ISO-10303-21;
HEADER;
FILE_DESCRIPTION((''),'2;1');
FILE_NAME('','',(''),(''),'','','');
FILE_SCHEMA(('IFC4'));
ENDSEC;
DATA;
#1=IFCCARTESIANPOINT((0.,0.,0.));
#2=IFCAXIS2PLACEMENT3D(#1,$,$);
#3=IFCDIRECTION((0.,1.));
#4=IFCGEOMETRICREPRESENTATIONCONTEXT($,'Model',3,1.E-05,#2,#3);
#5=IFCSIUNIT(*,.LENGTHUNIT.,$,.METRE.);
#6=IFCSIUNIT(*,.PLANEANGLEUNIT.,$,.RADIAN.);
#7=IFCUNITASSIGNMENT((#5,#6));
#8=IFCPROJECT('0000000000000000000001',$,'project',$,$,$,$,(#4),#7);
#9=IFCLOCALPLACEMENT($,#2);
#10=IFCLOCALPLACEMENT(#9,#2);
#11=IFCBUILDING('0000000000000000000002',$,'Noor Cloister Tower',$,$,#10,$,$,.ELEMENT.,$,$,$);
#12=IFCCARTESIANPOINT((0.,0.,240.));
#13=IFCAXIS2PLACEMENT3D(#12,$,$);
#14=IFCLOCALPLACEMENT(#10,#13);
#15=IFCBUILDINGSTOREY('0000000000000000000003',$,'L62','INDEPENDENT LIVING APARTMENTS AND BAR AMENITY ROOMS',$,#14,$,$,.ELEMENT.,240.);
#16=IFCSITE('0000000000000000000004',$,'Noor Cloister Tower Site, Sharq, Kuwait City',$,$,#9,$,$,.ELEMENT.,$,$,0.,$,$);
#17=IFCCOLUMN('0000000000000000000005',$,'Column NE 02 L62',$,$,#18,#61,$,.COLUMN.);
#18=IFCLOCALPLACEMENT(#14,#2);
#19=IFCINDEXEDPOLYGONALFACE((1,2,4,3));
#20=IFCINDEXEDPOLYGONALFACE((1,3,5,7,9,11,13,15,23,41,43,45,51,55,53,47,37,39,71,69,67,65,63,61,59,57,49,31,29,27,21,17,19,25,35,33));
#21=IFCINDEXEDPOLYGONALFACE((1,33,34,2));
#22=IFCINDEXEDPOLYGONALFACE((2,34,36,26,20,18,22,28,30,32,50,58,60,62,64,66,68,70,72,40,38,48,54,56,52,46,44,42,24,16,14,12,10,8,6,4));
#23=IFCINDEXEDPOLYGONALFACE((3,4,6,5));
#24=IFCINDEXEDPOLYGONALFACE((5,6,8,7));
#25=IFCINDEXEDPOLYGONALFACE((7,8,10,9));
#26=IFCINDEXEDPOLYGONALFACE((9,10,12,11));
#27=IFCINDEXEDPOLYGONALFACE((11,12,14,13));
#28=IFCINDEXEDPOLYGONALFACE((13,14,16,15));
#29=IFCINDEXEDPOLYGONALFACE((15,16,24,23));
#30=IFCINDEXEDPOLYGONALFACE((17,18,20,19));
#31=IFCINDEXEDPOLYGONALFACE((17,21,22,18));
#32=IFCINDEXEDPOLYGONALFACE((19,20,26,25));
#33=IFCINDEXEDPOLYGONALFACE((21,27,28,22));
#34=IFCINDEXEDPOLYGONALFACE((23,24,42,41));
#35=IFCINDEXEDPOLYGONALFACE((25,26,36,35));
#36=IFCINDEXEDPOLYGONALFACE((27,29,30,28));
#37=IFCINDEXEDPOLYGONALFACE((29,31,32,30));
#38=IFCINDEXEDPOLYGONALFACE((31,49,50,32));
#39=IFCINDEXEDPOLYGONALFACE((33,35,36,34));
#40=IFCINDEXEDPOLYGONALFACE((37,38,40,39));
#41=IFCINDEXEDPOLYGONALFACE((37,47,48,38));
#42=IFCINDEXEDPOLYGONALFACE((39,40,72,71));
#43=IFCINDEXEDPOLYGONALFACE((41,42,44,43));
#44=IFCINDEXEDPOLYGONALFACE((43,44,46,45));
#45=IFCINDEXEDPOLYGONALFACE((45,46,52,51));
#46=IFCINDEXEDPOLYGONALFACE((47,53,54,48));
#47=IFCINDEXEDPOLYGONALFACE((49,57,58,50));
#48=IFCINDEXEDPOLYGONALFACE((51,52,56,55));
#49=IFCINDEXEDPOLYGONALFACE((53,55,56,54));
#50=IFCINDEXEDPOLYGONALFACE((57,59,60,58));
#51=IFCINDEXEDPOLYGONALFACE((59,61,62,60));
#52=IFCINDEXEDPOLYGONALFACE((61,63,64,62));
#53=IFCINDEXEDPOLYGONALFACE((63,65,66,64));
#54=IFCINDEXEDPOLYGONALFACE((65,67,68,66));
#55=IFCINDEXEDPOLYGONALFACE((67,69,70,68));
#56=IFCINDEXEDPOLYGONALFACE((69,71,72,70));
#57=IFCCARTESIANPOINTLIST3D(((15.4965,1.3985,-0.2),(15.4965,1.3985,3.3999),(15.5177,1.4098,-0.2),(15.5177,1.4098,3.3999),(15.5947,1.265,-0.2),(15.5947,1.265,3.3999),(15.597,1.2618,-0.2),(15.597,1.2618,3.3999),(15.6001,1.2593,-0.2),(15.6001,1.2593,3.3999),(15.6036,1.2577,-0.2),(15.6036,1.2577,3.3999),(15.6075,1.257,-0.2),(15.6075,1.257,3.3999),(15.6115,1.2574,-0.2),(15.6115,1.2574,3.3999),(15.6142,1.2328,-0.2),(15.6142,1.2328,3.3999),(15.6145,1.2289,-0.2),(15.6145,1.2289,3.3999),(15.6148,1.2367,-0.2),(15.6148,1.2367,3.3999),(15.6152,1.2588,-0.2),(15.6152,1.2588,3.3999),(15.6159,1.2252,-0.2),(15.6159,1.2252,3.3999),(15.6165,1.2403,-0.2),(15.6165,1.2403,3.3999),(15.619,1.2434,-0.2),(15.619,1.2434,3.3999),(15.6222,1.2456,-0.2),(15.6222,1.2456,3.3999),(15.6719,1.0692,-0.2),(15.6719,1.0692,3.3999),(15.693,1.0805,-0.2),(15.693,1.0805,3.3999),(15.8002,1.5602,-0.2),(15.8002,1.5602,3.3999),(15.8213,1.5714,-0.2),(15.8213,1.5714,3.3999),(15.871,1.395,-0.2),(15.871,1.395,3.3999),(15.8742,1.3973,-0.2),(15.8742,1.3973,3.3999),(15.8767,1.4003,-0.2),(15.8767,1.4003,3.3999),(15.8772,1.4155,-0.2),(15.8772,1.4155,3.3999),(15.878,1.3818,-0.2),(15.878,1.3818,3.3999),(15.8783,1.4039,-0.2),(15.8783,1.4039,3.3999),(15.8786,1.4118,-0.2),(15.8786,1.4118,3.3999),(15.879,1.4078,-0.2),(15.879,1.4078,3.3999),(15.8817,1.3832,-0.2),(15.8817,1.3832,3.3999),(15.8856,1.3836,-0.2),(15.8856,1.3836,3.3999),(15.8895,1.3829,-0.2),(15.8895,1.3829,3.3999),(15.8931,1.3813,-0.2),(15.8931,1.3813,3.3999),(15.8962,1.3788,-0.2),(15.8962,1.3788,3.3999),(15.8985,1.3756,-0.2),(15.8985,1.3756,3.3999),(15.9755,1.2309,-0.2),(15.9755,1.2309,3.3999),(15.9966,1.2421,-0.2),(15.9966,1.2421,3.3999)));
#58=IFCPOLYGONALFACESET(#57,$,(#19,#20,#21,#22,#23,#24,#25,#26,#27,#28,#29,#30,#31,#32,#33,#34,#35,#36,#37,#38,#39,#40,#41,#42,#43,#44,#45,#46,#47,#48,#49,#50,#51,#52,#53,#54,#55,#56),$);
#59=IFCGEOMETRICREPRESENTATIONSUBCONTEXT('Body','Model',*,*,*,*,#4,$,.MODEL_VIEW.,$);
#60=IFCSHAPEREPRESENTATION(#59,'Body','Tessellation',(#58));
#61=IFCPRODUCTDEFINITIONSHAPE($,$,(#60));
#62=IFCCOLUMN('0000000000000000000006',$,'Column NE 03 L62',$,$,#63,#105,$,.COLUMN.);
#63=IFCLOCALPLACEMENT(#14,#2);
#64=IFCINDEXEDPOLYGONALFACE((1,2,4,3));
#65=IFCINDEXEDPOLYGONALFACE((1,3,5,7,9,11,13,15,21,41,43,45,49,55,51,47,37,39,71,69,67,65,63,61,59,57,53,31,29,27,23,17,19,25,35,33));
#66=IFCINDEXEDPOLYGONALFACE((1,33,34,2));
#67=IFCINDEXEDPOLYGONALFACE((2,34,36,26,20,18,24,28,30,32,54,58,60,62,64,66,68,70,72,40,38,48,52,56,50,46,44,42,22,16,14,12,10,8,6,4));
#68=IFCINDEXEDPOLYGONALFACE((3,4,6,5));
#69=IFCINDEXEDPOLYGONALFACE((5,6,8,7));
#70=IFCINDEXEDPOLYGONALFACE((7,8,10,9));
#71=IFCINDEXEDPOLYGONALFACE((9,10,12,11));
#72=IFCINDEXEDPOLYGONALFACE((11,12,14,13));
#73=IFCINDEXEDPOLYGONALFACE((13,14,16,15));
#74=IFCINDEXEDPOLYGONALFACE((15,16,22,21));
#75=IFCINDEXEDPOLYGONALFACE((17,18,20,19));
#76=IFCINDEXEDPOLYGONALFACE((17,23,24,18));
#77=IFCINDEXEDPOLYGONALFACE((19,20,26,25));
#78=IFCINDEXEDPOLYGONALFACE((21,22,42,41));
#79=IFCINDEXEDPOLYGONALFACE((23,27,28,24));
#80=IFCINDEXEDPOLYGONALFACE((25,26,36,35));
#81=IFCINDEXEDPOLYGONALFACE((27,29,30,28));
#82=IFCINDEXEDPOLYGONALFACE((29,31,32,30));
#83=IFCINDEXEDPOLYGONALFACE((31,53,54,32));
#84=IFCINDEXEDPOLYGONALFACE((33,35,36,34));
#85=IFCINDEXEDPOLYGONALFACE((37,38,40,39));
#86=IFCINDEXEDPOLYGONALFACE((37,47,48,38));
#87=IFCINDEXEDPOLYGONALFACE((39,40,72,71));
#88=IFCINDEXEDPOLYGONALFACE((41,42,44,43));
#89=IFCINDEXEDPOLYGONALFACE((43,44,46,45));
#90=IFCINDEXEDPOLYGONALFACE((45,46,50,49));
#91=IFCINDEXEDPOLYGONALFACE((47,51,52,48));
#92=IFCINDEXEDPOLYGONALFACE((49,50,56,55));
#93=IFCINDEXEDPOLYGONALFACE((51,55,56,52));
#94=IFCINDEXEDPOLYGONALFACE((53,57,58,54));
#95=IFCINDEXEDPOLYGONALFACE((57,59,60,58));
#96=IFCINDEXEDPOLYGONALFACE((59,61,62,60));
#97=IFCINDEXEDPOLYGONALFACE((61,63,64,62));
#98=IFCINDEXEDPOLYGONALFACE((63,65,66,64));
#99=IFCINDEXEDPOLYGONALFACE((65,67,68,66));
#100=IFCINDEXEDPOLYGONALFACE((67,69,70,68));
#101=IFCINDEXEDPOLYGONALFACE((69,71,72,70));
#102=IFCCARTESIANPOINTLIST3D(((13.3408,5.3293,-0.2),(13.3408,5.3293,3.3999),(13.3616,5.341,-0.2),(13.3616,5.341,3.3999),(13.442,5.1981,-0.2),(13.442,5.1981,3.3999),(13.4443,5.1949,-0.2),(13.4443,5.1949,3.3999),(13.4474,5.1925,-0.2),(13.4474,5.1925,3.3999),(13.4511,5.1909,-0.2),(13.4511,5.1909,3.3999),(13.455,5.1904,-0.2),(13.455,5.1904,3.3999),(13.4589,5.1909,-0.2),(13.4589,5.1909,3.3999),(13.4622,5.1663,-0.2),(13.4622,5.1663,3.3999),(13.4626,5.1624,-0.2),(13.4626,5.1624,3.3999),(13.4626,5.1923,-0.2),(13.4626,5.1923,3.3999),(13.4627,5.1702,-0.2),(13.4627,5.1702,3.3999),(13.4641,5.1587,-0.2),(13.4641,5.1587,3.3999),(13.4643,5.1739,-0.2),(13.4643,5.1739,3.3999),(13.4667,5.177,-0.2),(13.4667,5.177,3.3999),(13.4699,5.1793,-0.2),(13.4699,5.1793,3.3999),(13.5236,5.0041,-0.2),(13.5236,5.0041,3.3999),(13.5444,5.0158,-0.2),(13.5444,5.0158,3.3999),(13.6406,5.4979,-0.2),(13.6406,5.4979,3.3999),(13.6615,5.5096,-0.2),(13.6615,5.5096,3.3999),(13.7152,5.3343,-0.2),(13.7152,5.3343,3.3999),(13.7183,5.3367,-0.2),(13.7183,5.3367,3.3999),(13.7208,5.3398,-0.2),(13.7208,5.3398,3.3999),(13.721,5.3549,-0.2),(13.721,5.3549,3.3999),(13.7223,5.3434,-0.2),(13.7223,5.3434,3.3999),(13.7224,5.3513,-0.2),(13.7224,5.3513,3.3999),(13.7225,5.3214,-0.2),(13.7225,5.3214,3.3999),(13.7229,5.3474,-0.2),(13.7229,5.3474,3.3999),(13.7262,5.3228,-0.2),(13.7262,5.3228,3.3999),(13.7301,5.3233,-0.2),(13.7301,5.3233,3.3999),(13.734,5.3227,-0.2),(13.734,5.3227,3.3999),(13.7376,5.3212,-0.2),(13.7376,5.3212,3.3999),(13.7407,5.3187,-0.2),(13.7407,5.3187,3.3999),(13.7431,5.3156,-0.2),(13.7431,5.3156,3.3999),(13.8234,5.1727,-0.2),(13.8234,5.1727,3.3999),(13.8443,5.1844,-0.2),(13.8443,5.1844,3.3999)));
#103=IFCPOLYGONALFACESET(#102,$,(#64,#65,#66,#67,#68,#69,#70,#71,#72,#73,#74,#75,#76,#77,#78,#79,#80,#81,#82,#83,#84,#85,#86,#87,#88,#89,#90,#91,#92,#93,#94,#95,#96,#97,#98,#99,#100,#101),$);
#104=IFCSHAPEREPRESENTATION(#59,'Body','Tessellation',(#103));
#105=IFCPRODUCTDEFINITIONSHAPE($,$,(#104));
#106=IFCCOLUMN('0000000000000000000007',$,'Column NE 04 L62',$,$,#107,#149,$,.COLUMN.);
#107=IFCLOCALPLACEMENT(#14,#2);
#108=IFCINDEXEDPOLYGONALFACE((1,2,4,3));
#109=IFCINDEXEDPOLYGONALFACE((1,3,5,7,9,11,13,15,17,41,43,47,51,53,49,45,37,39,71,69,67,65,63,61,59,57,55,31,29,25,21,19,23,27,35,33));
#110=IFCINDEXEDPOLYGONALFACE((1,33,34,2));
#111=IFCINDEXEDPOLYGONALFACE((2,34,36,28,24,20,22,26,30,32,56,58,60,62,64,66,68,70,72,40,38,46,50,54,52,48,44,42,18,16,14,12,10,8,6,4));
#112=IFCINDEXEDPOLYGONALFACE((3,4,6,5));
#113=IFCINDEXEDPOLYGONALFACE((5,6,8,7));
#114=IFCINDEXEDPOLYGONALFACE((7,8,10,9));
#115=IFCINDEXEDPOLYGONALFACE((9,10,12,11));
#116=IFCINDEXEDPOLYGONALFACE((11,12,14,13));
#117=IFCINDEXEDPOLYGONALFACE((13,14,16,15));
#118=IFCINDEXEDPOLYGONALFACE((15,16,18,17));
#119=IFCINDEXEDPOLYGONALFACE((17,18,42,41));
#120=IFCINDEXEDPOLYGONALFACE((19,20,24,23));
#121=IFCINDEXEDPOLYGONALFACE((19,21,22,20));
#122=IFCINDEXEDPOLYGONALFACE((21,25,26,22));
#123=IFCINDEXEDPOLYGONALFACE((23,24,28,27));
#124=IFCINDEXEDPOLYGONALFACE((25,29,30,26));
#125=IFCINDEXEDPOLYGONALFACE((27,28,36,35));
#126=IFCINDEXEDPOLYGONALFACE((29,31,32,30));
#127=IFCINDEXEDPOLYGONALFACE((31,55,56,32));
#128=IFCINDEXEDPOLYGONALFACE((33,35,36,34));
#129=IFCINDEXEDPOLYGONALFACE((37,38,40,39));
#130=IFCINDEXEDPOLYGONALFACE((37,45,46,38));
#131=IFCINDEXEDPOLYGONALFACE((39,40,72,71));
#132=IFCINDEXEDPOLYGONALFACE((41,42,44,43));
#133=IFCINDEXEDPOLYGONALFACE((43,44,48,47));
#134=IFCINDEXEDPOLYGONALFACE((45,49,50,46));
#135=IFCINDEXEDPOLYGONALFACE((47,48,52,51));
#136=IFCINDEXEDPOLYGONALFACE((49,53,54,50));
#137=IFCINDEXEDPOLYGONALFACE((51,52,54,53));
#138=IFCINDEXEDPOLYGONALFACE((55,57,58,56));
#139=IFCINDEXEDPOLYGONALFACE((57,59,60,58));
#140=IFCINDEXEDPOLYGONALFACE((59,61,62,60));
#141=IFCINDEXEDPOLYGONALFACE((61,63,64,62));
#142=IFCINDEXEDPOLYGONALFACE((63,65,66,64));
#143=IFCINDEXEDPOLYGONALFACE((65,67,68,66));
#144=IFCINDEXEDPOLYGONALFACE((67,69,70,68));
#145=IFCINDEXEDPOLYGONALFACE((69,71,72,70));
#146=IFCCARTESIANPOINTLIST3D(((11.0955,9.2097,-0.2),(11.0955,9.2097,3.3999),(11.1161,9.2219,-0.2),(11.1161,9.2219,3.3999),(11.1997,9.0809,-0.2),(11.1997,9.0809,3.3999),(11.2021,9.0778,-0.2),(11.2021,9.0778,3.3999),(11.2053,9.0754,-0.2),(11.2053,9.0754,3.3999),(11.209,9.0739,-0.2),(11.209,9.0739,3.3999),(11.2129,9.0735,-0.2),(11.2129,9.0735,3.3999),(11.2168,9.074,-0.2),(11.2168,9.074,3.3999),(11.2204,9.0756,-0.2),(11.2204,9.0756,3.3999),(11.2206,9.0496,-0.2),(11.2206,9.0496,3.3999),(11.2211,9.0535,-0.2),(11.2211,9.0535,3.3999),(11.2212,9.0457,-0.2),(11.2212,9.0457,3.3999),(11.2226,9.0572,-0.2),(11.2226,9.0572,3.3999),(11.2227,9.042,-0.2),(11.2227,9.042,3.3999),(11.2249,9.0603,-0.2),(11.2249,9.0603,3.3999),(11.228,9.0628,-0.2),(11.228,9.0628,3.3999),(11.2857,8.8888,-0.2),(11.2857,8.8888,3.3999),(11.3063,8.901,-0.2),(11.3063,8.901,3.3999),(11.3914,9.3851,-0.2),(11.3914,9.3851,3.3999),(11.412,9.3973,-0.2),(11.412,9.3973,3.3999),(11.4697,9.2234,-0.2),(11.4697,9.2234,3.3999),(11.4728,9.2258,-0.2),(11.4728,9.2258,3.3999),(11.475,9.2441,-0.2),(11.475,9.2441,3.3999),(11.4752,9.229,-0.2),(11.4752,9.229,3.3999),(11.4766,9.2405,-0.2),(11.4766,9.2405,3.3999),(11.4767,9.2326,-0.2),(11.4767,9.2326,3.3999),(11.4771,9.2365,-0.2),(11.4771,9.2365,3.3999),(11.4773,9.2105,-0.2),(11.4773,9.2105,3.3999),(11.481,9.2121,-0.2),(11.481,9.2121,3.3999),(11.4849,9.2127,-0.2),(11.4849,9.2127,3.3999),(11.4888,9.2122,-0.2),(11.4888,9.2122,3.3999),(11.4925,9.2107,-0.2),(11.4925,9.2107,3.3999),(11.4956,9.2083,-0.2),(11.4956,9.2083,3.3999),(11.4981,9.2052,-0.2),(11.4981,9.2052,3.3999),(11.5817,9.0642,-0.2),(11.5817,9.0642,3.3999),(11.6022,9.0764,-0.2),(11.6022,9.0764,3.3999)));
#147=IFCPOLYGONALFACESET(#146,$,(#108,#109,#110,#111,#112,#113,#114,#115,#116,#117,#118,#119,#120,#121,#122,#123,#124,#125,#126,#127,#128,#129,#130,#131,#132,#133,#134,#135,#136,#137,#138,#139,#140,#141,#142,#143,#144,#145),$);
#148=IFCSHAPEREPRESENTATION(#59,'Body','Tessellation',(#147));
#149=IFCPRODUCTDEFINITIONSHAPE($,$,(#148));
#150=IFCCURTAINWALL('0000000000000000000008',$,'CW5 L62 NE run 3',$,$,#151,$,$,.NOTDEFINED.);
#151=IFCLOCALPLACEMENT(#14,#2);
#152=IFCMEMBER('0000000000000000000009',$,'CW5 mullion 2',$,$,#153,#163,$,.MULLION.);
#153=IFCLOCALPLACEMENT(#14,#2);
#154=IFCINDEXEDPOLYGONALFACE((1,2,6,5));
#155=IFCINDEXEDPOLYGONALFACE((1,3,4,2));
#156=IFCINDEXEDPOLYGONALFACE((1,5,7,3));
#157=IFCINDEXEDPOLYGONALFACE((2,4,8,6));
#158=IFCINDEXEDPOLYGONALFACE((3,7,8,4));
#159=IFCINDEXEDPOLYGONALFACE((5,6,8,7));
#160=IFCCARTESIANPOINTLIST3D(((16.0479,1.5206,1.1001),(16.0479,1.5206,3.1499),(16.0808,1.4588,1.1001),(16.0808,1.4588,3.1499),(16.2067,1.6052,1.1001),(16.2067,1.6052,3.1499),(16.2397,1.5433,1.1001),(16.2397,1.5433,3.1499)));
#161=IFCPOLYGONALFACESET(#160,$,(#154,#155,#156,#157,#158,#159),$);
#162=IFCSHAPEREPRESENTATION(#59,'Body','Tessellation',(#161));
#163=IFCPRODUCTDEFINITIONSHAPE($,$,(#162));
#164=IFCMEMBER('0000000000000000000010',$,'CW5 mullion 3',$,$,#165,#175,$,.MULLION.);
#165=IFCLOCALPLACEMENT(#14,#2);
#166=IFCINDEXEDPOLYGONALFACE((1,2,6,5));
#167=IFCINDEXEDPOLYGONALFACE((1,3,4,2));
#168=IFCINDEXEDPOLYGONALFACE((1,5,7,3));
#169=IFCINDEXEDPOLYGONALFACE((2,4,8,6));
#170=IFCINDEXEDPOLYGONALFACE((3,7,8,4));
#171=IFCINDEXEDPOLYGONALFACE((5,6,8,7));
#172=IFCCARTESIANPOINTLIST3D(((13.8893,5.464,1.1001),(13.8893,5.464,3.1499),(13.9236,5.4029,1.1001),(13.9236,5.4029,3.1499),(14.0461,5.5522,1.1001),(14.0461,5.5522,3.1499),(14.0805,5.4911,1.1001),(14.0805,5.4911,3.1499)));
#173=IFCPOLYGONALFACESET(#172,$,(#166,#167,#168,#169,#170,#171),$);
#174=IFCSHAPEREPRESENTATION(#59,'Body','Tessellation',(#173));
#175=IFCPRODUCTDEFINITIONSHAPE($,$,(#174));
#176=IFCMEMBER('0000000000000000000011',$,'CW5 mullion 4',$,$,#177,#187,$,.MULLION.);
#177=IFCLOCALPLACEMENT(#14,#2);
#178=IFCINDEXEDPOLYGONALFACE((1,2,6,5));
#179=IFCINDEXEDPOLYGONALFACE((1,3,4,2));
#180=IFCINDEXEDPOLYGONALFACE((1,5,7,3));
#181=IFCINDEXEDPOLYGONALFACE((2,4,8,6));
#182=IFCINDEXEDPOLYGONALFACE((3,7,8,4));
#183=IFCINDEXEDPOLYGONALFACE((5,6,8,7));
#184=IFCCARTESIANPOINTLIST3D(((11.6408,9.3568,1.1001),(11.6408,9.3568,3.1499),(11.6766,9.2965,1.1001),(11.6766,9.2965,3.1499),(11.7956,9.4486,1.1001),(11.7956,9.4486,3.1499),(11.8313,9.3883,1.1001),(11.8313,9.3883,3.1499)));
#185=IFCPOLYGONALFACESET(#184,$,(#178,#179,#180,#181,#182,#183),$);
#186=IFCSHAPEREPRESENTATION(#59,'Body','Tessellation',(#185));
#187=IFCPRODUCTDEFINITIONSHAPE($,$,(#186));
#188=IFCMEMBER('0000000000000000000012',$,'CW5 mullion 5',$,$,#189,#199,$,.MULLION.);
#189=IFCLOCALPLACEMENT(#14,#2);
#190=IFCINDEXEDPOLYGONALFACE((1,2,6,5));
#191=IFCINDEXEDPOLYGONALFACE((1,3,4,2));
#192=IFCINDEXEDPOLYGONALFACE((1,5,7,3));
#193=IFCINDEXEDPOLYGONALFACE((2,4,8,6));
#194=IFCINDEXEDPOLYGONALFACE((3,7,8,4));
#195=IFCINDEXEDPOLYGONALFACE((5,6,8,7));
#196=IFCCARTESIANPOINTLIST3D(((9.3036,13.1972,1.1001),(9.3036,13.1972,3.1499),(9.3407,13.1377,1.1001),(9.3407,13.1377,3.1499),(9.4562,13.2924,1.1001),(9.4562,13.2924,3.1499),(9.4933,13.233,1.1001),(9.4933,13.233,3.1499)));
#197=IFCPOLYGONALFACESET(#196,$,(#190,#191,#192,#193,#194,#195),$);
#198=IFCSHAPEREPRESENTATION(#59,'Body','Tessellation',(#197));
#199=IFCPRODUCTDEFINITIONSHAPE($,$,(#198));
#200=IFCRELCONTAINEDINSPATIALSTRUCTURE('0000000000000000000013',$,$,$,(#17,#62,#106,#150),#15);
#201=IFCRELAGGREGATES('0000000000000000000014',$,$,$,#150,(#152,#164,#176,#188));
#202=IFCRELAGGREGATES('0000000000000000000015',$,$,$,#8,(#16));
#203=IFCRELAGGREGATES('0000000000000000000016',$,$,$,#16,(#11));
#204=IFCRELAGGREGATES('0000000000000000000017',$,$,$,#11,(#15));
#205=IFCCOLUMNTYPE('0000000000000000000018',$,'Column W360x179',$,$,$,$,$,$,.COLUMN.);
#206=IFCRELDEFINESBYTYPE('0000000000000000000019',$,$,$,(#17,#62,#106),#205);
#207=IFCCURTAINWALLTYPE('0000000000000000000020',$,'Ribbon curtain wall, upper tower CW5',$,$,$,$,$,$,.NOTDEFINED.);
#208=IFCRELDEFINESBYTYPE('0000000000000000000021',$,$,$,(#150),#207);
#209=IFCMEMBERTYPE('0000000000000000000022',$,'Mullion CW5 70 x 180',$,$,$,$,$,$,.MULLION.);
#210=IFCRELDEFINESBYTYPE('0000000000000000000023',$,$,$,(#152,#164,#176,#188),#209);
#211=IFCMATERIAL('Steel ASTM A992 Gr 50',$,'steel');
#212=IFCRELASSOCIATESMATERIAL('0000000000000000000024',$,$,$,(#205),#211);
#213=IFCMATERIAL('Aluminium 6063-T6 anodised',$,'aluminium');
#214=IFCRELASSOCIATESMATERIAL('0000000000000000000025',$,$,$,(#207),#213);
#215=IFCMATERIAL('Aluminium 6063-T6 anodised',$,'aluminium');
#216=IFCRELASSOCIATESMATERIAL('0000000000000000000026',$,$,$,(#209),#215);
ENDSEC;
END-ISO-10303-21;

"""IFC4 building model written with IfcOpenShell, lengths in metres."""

from ifc_helpers import new_model, si_unit, direction, frame, origin, origin_2d, place, context, subcontext, project, spatial, rectangle, i_section, extrude, material, material_profile, profile_set, type_object, element, aggregate, save


model = new_model("IFC4")

# Units and contexts
model_context = context("Model", 3, precision=1e-05, world=origin(), true_north=direction((0.0, 1.0)))
body_context = subcontext(model_context, "Body", "Model", "MODEL_VIEW")
ifc_project = project(units=[si_unit("LENGTHUNIT", "METRE"), si_unit("PLANEANGLEUNIT", "RADIAN")], contexts=[model_context])

# Site, building, storey
site_placement = place(None, origin())
site = spatial("IfcSite", under=ifc_project, at=site_placement, Name="Noor Cloister Tower Site, Sharq, Kuwait City", CompositionType="ELEMENT", RefElevation=0.0)
building_placement = place(site_placement, origin())
building = spatial("IfcBuilding", under=site, at=building_placement, Name="Noor Cloister Tower", CompositionType="ELEMENT")
storey_placement = place(building_placement, frame((0.0, 0.0, 240.0)))
storey = spatial("IfcBuildingStorey", under=building, at=storey_placement, Name="L62", Description="INDEPENDENT LIVING APARTMENTS AND BAR AMENITY ROOMS", CompositionType="ELEMENT", Elevation=240.0)

# Columns
ifc_material_1 = material(Name="Steel ASTM A992 Gr 50", Category="steel")
ifc_material_profile_1 = material_profile(ifc_material_1, i_section(OverallWidth=0.373, OverallDepth=0.3679, WebThickness=0.0149, FlangeThickness=0.0239, FilletRadius=0.0151, at=origin_2d()), Name="W360x179")
ifc_profile_set_1 = profile_set([ifc_material_profile_1], Name="Steel ASTM A992 Gr 50")
column_type = type_object("IfcColumnType", Name="Column W360x179", PredefinedType="COLUMN", material=ifc_profile_set_1)
for number, where, z_axis, x_axis, name in (
    (1, (15.7466, 1.3203, -0.2), (0.0, 0.0, 1.0), (-0.469927, 0.882705, 0.0), "Column NE 02 L62"),
    (2, (13.5925, 5.2568, -0.2), (0.0, 0.0, 1.0), (-0.49004, 0.8717, 0.0), "Column NE 03 L62"),
    (3, (11.3489, 9.1431, -0.2), (0.0, 0.0, 1.0), (-0.509895, 0.860237, 0.0), "Column NE 04 L62"),
):
    element("IfcColumn", number, at=place(storey_placement, frame(where, z_axis=z_axis, x_axis=x_axis)), inside=storey, type_object=column_type, Name=name, PredefinedType="COLUMN", context=body_context, shape_type="SweptSolid", body=[
        extrude(i_section(OverallWidth=0.373, OverallDepth=0.3679, WebThickness=0.0149, FlangeThickness=0.0239, FilletRadius=0.0151, at=origin_2d()), origin(), (0.0, 0.0, 1.0), 3.5999),
    ])

# Curtain wall, members
ifc_material_2 = material(Name="Aluminium 6063-T6 anodised", Category="aluminium")
curtain_wall_type = type_object("IfcCurtainWallType", Name="Ribbon curtain wall, upper tower CW5", PredefinedType="NOTDEFINED", material=ifc_material_2)
curtain_wall_placement = place(storey_placement, origin())
curtain_wall = element("IfcCurtainWall", 4, at=curtain_wall_placement, inside=storey, type_object=curtain_wall_type, Name="CW5 L62 NE run 3", PredefinedType="NOTDEFINED")
ifc_material_3 = material(Name="Aluminium 6063-T6 anodised", Category="aluminium")
ifc_material_profile_2 = material_profile(ifc_material_3, rectangle(XDim=0.1799, YDim=0.0701, at=origin_2d()), Name="180 x 70 mullion")
ifc_profile_set_2 = profile_set([ifc_material_profile_2], Name="Aluminium 6063-T6 anodised")
member_type = type_object("IfcMemberType", Name="Mullion CW5 70 x 180", PredefinedType="MULLION", material=ifc_profile_set_2)
member_1_placement = place(storey_placement, frame((16.1438, 1.532, 1.1001), z_axis=(0.0, 0.0, 1.0), x_axis=(-0.882705, -0.469927, 0.0)))
member_1 = element("IfcMember", 5, at=member_1_placement, type_object=member_type, Name="CW5 mullion 2", PredefinedType="MULLION", context=body_context, shape_type="SweptSolid", body=[
    extrude(rectangle(XDim=0.1799, YDim=0.0701, at=origin_2d()), origin(), (0.0, 0.0, 1.0), 2.0498),
])
member_2_placement = place(storey_placement, frame((13.9849, 5.4775, 1.1001), z_axis=(0.0, 0.0, 1.0), x_axis=(-0.8717, -0.49004, 0.0)))
member_2 = element("IfcMember", 6, at=member_2_placement, type_object=member_type, Name="CW5 mullion 3", PredefinedType="MULLION", context=body_context, shape_type="SweptSolid", body=[
    extrude(rectangle(XDim=0.1799, YDim=0.0701, at=origin_2d()), origin(), (0.0, 0.0, 1.0), 2.0498),
])
member_3_placement = place(storey_placement, frame((11.7361, 9.3726, 1.1001), z_axis=(0.0, 0.0, 1.0), x_axis=(-0.860237, -0.509895, 0.0)))
member_3 = element("IfcMember", 7, at=member_3_placement, type_object=member_type, Name="CW5 mullion 4", PredefinedType="MULLION", context=body_context, shape_type="SweptSolid", body=[
    extrude(rectangle(XDim=0.1799, YDim=0.0701, at=origin_2d()), origin(), (0.0, 0.0, 1.0), 2.0498),
])
member_4_placement = place(storey_placement, frame((9.3984, 13.2151, 1.1001), z_axis=(0.0, 0.0, 1.0), x_axis=(-0.848322, -0.529481, 0.0)))
member_4 = element("IfcMember", 8, at=member_4_placement, type_object=member_type, Name="CW5 mullion 5", PredefinedType="MULLION", context=body_context, shape_type="SweptSolid", body=[
    extrude(rectangle(XDim=0.1799, YDim=0.0701, at=origin_2d()), origin(), (0.0, 0.0, 1.0), 2.0498),
])

aggregate(curtain_wall, [member_1, member_2, member_3, member_4])

save(model, "model.ifc")
